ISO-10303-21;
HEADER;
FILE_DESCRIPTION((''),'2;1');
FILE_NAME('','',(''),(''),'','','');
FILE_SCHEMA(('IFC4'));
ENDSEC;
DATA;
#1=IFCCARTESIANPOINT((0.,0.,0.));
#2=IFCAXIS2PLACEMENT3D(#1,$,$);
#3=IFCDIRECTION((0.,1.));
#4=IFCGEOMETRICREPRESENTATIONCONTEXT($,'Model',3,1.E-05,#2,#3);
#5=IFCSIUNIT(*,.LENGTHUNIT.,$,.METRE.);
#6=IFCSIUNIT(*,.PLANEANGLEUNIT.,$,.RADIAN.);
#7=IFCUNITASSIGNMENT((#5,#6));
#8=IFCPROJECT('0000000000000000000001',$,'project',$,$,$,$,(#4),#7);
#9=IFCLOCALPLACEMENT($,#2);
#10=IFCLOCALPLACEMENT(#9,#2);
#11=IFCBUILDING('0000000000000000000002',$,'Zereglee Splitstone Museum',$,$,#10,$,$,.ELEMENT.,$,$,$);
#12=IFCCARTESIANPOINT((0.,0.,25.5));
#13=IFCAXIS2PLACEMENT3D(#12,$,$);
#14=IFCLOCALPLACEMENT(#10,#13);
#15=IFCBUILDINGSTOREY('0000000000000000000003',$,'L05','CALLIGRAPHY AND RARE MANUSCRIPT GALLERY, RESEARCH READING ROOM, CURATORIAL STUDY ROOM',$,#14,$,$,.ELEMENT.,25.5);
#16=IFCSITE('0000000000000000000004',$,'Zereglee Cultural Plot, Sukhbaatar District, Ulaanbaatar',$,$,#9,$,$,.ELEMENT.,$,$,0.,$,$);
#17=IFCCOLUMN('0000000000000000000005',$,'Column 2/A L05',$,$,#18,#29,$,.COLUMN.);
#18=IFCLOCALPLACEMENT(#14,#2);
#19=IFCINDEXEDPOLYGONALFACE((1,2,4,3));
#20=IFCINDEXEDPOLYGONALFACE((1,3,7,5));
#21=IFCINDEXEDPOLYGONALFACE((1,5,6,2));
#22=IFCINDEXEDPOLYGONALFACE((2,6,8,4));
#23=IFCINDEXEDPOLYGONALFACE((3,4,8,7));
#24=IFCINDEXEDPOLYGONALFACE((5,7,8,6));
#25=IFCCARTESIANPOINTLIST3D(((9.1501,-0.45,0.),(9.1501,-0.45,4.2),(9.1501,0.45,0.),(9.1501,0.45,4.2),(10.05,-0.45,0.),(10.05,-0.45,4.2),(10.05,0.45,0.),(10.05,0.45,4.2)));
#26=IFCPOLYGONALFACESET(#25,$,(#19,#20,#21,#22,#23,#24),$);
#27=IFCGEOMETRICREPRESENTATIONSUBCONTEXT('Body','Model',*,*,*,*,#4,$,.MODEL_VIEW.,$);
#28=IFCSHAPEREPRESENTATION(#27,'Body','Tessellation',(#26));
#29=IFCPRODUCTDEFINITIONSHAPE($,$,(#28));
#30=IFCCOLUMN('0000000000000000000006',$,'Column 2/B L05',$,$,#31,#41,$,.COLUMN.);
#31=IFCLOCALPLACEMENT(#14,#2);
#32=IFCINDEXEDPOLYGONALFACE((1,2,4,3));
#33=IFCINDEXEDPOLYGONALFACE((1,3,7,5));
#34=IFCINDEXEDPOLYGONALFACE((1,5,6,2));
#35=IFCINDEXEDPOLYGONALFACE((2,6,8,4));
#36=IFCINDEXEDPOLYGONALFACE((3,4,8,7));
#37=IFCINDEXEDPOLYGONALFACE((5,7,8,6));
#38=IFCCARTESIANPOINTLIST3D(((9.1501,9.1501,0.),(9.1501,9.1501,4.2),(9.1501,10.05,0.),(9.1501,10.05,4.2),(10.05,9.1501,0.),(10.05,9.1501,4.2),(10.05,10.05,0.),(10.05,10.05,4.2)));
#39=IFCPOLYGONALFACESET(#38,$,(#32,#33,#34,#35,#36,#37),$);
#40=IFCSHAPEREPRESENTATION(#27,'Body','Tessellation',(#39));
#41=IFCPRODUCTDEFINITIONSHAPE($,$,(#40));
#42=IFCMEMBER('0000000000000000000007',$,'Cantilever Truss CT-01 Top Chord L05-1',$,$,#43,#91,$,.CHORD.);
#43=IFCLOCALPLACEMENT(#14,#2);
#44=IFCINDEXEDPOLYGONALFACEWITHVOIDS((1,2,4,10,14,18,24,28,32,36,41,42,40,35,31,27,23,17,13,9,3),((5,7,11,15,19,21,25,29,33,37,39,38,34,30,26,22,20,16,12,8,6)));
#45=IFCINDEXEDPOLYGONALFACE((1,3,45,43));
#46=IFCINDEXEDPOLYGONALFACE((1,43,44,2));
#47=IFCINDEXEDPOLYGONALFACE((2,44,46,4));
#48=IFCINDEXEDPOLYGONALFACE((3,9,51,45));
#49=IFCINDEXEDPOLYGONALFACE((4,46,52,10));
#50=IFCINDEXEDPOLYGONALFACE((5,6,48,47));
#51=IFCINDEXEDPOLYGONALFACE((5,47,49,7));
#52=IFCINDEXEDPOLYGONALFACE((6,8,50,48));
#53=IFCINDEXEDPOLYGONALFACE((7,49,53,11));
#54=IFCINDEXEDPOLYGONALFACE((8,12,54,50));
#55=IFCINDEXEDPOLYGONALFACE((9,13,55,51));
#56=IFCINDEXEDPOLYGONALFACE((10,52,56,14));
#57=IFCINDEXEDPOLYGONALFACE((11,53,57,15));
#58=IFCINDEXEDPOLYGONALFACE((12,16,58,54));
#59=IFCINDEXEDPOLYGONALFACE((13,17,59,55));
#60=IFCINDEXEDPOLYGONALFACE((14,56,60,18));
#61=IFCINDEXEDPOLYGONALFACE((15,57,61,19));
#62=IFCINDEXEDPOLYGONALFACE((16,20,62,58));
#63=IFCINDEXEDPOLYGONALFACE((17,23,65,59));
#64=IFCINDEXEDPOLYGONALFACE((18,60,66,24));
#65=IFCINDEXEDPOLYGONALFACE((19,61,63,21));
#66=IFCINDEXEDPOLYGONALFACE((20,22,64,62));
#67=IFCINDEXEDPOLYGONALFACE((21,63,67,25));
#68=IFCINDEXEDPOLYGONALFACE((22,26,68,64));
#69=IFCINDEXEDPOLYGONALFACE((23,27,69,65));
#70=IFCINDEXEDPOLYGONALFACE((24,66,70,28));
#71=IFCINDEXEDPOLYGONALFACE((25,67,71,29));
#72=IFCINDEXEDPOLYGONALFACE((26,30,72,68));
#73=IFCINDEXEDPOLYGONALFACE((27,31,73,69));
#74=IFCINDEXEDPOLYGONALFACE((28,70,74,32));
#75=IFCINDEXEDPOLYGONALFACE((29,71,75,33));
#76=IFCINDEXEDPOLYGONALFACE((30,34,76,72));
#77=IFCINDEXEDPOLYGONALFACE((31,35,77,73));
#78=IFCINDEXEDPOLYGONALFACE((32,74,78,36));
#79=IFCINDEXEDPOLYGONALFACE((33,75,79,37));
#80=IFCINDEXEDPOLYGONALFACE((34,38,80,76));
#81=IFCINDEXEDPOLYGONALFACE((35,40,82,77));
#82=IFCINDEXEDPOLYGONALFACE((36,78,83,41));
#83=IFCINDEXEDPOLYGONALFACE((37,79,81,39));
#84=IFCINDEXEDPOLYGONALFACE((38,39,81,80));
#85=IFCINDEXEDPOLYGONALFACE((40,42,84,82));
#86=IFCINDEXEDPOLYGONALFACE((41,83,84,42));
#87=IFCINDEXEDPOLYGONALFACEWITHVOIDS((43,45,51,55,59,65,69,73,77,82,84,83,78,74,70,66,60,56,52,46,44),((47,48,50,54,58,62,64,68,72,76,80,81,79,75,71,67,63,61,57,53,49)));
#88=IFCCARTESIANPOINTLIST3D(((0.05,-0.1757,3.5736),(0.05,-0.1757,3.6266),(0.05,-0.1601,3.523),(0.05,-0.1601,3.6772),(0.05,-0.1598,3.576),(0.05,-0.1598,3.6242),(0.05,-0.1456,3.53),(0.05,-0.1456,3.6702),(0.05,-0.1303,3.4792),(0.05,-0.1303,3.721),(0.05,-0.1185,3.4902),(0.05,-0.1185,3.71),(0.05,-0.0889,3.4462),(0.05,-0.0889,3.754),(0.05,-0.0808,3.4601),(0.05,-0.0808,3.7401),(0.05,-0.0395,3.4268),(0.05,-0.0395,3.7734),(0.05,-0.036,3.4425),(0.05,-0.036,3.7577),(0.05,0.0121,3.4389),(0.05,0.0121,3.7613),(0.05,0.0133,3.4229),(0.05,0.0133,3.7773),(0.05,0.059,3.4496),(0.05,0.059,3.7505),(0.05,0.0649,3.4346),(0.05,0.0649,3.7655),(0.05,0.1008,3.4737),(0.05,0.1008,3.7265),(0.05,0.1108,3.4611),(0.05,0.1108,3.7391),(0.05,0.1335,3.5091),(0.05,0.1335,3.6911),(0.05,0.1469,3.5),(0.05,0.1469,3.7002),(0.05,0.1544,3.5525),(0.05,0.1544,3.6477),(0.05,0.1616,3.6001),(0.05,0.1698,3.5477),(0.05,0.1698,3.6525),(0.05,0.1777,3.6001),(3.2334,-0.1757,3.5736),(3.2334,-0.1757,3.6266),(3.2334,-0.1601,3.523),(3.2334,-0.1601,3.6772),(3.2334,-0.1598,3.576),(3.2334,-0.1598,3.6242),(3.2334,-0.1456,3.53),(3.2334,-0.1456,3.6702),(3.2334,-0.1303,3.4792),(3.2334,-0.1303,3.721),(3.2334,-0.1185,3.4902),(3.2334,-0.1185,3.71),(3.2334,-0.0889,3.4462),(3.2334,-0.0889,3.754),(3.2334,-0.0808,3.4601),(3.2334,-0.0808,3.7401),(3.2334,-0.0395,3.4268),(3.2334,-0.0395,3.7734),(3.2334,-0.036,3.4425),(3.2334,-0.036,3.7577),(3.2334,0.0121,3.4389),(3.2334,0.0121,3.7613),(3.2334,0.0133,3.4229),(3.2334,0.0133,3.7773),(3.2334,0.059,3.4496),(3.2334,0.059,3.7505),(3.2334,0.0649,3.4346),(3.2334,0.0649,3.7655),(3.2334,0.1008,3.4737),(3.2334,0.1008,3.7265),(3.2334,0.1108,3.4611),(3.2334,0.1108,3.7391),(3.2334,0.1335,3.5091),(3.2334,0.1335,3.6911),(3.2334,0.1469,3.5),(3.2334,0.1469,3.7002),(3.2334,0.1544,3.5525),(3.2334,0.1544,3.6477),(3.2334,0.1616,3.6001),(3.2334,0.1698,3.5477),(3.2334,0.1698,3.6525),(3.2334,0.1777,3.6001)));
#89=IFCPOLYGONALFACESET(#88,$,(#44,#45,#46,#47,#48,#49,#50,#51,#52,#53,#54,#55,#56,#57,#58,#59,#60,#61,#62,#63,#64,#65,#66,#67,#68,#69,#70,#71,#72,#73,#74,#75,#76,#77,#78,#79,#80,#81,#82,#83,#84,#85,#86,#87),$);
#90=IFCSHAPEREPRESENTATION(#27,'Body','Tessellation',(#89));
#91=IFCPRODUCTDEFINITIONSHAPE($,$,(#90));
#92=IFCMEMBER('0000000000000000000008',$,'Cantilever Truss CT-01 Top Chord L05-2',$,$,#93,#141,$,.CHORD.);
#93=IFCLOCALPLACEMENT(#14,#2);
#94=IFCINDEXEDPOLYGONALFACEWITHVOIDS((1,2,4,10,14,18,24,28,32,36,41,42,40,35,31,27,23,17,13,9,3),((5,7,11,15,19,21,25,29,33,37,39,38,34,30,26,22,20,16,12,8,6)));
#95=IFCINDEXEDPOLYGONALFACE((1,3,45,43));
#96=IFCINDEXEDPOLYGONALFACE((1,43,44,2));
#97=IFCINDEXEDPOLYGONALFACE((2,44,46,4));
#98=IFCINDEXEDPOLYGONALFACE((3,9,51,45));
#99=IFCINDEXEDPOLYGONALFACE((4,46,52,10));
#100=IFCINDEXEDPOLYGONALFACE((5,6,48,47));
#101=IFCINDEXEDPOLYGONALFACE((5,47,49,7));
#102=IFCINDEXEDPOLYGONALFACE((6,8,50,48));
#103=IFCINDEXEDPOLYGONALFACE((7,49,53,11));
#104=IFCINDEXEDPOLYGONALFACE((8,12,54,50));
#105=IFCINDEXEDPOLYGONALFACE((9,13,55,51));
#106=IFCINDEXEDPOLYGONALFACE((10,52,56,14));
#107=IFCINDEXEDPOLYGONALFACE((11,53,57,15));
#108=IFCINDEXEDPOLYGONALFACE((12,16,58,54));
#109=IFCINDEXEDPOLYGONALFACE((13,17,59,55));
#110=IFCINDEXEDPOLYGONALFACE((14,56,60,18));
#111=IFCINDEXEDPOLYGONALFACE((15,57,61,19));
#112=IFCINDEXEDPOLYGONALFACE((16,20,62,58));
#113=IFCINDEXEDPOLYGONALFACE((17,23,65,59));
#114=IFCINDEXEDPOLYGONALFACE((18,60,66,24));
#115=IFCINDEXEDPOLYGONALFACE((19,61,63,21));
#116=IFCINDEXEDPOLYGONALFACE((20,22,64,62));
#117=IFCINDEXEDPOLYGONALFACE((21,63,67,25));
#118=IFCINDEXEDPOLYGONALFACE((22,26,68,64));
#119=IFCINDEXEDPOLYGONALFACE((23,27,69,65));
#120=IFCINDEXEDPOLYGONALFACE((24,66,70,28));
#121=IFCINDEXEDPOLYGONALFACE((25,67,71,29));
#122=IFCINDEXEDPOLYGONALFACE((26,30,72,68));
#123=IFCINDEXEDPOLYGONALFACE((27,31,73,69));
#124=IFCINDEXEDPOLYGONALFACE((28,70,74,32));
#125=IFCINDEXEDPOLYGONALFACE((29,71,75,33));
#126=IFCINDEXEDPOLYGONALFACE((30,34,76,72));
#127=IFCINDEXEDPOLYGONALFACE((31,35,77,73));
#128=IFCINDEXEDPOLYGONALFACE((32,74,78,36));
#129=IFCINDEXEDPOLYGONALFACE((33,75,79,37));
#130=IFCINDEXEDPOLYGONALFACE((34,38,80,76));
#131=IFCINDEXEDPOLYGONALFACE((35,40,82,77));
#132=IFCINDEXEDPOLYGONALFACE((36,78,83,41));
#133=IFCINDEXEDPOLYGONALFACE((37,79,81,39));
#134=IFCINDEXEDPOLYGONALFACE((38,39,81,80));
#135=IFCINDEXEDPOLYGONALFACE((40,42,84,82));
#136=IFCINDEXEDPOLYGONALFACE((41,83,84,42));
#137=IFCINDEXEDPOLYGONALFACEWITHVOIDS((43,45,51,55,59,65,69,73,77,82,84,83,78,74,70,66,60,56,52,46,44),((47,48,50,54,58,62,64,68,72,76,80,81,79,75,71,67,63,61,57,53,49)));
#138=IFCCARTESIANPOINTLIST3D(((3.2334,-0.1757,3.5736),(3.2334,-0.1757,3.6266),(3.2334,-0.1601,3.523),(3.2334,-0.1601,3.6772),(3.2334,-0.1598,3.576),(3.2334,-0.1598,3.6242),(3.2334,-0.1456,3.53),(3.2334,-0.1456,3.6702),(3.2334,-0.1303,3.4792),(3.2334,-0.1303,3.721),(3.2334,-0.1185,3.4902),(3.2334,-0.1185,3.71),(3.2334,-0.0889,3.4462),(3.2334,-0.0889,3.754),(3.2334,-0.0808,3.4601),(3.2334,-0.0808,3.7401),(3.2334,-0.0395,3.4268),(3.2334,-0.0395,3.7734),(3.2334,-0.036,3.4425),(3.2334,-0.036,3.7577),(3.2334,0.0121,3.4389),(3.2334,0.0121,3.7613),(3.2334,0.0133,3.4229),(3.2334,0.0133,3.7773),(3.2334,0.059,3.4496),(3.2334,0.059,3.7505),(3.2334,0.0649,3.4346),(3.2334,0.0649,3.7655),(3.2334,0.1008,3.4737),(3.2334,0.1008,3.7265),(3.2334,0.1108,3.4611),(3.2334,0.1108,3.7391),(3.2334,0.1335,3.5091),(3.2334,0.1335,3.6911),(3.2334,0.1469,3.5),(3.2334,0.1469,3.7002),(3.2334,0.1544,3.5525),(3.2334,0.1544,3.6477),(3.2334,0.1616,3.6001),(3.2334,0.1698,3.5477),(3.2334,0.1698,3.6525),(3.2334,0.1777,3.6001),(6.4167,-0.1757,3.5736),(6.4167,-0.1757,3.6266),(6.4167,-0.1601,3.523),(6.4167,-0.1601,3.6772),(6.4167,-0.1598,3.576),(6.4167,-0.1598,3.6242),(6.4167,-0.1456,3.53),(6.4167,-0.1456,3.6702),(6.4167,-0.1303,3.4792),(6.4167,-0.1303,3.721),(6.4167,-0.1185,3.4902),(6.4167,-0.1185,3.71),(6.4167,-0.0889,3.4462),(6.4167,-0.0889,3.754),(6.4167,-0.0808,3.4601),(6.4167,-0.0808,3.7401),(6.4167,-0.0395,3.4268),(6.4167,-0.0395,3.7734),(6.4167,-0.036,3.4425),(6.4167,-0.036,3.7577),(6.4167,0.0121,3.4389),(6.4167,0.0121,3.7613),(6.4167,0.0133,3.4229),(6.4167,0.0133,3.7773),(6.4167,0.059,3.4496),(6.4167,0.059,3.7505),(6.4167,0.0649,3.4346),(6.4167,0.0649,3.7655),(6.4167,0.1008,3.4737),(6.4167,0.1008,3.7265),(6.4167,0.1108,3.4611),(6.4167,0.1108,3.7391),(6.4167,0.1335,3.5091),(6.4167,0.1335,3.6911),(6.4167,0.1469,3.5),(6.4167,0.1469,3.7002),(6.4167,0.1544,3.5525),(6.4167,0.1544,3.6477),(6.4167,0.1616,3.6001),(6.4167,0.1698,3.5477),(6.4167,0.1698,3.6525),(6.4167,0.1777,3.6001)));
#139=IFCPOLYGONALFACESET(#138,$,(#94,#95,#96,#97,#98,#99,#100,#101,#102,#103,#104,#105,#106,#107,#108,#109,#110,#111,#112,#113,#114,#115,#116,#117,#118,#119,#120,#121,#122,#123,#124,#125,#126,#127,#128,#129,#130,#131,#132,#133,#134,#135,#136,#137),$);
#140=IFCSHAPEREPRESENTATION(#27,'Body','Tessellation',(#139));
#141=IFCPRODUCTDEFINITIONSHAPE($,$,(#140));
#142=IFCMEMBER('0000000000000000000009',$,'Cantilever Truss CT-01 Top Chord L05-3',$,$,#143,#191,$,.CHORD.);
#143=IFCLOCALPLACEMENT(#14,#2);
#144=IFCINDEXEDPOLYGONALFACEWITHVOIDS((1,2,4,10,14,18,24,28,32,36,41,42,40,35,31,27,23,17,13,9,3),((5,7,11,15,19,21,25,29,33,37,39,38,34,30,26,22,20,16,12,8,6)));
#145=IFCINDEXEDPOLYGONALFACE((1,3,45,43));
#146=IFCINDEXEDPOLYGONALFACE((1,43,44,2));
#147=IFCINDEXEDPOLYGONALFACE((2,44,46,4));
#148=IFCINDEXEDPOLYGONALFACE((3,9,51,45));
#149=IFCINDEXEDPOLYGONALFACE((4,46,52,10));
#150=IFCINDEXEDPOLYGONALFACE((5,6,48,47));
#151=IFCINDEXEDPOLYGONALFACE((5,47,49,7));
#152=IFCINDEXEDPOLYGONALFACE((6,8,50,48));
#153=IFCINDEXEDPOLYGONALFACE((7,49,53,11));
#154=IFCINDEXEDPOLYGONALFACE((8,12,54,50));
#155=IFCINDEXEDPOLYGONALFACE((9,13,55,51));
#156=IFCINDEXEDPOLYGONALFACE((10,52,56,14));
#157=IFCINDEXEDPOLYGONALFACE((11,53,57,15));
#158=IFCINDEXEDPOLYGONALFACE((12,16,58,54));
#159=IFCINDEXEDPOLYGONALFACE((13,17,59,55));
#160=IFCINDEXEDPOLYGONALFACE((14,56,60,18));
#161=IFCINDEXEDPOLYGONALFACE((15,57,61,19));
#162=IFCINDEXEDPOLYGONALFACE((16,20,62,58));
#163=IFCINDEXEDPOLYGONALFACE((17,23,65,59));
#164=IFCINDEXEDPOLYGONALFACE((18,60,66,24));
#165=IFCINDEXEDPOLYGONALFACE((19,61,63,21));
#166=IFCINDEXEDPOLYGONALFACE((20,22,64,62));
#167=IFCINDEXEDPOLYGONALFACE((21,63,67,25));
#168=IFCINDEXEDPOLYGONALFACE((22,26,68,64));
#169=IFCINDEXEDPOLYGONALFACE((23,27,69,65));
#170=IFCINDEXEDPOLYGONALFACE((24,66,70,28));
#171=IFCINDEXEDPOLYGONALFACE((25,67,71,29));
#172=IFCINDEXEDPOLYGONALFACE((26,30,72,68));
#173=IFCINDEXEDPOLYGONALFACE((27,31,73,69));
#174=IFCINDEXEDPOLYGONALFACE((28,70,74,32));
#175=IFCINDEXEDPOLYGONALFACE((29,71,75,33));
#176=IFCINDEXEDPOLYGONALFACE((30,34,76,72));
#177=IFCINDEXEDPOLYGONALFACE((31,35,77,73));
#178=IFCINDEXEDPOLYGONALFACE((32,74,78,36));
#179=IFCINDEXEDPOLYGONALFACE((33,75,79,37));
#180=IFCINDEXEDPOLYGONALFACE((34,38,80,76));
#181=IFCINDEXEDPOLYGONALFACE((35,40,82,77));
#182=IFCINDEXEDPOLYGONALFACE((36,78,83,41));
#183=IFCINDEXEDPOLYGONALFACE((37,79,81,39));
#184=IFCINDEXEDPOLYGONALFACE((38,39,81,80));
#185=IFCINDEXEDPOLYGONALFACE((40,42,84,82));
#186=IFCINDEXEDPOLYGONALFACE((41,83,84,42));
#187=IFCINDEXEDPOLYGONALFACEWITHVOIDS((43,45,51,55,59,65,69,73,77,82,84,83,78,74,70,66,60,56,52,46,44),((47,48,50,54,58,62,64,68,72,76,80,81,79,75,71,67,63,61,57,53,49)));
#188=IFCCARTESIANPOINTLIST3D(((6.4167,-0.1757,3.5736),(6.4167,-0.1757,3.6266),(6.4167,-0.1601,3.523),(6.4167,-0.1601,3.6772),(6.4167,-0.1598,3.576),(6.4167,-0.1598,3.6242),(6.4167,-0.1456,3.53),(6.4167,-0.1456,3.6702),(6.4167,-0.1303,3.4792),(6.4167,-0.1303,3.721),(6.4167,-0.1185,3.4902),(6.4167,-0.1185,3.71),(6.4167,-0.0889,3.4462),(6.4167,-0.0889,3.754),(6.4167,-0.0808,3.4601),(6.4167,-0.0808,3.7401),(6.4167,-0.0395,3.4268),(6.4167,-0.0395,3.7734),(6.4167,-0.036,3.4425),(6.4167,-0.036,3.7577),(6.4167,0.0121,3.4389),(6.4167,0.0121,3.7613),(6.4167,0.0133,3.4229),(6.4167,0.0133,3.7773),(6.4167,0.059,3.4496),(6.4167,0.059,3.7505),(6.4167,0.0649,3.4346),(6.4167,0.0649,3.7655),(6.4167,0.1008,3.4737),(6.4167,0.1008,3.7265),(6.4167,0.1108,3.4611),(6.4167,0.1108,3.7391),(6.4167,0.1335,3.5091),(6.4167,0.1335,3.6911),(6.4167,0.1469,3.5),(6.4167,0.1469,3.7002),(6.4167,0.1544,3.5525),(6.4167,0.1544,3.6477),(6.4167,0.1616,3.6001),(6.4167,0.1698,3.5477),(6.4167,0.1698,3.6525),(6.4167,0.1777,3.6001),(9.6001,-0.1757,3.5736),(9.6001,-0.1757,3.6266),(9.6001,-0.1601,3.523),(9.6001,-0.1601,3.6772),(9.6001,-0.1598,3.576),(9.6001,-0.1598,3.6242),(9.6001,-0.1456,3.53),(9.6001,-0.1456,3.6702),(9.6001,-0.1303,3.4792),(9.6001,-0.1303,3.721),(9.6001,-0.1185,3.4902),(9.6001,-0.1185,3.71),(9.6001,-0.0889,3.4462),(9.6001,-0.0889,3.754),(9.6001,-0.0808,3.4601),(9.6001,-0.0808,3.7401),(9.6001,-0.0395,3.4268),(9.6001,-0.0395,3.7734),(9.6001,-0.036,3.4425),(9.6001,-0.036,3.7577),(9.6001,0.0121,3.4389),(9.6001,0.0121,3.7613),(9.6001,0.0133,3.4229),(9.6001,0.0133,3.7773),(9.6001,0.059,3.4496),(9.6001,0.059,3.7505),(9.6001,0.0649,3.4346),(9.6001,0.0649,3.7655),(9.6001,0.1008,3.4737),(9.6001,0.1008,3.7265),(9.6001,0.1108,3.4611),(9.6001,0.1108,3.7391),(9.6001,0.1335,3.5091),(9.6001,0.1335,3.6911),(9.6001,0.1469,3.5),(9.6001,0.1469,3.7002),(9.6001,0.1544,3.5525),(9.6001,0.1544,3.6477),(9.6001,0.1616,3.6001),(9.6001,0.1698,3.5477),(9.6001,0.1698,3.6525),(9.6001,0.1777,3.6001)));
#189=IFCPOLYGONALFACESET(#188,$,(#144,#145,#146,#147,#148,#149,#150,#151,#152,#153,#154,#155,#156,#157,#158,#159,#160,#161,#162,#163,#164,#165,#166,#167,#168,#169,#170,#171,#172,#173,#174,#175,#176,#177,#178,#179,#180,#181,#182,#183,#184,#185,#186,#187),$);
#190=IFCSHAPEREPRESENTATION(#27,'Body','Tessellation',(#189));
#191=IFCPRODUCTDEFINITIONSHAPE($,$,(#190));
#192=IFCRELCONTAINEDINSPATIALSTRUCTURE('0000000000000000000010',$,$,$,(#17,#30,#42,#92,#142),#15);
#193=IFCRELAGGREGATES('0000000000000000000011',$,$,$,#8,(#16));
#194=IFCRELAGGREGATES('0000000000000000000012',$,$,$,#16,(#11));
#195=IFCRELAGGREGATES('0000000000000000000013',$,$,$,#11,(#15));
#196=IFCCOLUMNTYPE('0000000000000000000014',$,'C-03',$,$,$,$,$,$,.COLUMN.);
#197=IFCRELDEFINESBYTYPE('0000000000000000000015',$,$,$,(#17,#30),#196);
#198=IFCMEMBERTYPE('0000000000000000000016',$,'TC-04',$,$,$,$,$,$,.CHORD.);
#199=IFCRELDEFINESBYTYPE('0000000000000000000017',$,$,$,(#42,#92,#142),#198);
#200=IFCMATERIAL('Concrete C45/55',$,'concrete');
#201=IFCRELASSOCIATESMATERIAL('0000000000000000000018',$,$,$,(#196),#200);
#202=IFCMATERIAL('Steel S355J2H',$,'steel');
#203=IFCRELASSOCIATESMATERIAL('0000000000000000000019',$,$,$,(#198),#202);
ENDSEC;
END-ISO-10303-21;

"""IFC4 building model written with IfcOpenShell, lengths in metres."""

from ifc_helpers import new_model, si_unit, direction, frame, origin, origin_2d, place, context, subcontext, project, spatial, rectangle, hollow_circle, extrude, material, material_profile, profile_set, type_object, element, save


model = new_model("IFC4")

# Units and contexts
model_context = context("Model", 3, precision=1e-05, world=origin(), true_north=direction((0.0, 1.0)))
body_context = subcontext(model_context, "Body", "Model", "MODEL_VIEW")
ifc_project = project(units=[si_unit("LENGTHUNIT", "METRE"), si_unit("PLANEANGLEUNIT", "RADIAN")], contexts=[model_context])

# Site, building, storey
site_placement = place(None, origin())
site = spatial("IfcSite", under=ifc_project, at=site_placement, Name="Zereglee Cultural Plot, Sukhbaatar District, Ulaanbaatar", CompositionType="ELEMENT", RefElevation=0.0)
building_placement = place(site_placement, origin())
building = spatial("IfcBuilding", under=site, at=building_placement, Name="Zereglee Splitstone Museum", CompositionType="ELEMENT")
storey_placement = place(building_placement, frame((0.0, 0.0, 25.5)))
storey = spatial("IfcBuildingStorey", under=building, at=storey_placement, Name="L05", Description="CALLIGRAPHY AND RARE MANUSCRIPT GALLERY, RESEARCH READING ROOM, CURATORIAL STUDY ROOM", CompositionType="ELEMENT", Elevation=25.5)

# Columns
ifc_material_1 = material(Name="Concrete C45/55", Category="concrete")
ifc_material_profile_1 = material_profile(ifc_material_1, rectangle(XDim=0.8999, YDim=0.8999, at=origin_2d()), Name="RC 900x900")
ifc_profile_set_1 = profile_set([ifc_material_profile_1], Name="Concrete C45/55")
column_type = type_object("IfcColumnType", Name="C-03", PredefinedType="COLUMN", material=ifc_profile_set_1)
for number, where, z_axis, x_axis, name in (
    (1, (9.6001, 0.0, 0.0), (0.0, 0.0, 1.0), (1.0, 0.0, 0.0), "Column 2/A L05"),
    (2, (9.6001, 9.6001, 0.0), (0.0, 0.0, 1.0), (1.0, 0.0, 0.0), "Column 2/B L05"),
):
    element("IfcColumn", number, at=place(storey_placement, frame(where, z_axis=z_axis, x_axis=x_axis)), inside=storey, type_object=column_type, Name=name, PredefinedType="COLUMN", context=body_context, shape_type="SweptSolid", body=[
        extrude(rectangle(XDim=0.8999, YDim=0.8999, at=origin_2d()), origin(), (0.0, 0.0, 1.0), 4.2),
    ])

# Members
ifc_material_2 = material(Name="Steel S355J2H", Category="steel")
ifc_material_profile_2 = material_profile(ifc_material_2, hollow_circle(Radius=0.1777, WallThickness=0.0161, at=origin_2d()), Name="CHS 355.6x16")
ifc_profile_set_2 = profile_set([ifc_material_profile_2], Name="Steel S355J2H")
member_type = type_object("IfcMemberType", Name="TC-04", PredefinedType="CHORD", material=ifc_profile_set_2)
for number, where, z_axis, x_axis, name in (
    (3, (0.05, 0.0, 3.6001), (1.0, 0.0, 0.0), (0.0, 1.0, 0.0), "Cantilever Truss CT-01 Top Chord L05-1"),
    (4, (3.2334, 0.0, 3.6001), (1.0, 0.0, 0.0), (0.0, 1.0, 0.0), "Cantilever Truss CT-01 Top Chord L05-2"),
    (5, (6.4167, 0.0, 3.6001), (1.0, 0.0, 0.0), (0.0, 1.0, 0.0), "Cantilever Truss CT-01 Top Chord L05-3"),
):
    element("IfcMember", number, at=place(storey_placement, frame(where, z_axis=z_axis, x_axis=x_axis)), inside=storey, type_object=member_type, Name=name, PredefinedType="CHORD", context=body_context, shape_type="SweptSolid", body=[
        extrude(hollow_circle(Radius=0.1777, WallThickness=0.0161, at=origin_2d()), origin(), (0.0, 0.0, 1.0), 3.1833),
    ])

save(model, "model.ifc")
